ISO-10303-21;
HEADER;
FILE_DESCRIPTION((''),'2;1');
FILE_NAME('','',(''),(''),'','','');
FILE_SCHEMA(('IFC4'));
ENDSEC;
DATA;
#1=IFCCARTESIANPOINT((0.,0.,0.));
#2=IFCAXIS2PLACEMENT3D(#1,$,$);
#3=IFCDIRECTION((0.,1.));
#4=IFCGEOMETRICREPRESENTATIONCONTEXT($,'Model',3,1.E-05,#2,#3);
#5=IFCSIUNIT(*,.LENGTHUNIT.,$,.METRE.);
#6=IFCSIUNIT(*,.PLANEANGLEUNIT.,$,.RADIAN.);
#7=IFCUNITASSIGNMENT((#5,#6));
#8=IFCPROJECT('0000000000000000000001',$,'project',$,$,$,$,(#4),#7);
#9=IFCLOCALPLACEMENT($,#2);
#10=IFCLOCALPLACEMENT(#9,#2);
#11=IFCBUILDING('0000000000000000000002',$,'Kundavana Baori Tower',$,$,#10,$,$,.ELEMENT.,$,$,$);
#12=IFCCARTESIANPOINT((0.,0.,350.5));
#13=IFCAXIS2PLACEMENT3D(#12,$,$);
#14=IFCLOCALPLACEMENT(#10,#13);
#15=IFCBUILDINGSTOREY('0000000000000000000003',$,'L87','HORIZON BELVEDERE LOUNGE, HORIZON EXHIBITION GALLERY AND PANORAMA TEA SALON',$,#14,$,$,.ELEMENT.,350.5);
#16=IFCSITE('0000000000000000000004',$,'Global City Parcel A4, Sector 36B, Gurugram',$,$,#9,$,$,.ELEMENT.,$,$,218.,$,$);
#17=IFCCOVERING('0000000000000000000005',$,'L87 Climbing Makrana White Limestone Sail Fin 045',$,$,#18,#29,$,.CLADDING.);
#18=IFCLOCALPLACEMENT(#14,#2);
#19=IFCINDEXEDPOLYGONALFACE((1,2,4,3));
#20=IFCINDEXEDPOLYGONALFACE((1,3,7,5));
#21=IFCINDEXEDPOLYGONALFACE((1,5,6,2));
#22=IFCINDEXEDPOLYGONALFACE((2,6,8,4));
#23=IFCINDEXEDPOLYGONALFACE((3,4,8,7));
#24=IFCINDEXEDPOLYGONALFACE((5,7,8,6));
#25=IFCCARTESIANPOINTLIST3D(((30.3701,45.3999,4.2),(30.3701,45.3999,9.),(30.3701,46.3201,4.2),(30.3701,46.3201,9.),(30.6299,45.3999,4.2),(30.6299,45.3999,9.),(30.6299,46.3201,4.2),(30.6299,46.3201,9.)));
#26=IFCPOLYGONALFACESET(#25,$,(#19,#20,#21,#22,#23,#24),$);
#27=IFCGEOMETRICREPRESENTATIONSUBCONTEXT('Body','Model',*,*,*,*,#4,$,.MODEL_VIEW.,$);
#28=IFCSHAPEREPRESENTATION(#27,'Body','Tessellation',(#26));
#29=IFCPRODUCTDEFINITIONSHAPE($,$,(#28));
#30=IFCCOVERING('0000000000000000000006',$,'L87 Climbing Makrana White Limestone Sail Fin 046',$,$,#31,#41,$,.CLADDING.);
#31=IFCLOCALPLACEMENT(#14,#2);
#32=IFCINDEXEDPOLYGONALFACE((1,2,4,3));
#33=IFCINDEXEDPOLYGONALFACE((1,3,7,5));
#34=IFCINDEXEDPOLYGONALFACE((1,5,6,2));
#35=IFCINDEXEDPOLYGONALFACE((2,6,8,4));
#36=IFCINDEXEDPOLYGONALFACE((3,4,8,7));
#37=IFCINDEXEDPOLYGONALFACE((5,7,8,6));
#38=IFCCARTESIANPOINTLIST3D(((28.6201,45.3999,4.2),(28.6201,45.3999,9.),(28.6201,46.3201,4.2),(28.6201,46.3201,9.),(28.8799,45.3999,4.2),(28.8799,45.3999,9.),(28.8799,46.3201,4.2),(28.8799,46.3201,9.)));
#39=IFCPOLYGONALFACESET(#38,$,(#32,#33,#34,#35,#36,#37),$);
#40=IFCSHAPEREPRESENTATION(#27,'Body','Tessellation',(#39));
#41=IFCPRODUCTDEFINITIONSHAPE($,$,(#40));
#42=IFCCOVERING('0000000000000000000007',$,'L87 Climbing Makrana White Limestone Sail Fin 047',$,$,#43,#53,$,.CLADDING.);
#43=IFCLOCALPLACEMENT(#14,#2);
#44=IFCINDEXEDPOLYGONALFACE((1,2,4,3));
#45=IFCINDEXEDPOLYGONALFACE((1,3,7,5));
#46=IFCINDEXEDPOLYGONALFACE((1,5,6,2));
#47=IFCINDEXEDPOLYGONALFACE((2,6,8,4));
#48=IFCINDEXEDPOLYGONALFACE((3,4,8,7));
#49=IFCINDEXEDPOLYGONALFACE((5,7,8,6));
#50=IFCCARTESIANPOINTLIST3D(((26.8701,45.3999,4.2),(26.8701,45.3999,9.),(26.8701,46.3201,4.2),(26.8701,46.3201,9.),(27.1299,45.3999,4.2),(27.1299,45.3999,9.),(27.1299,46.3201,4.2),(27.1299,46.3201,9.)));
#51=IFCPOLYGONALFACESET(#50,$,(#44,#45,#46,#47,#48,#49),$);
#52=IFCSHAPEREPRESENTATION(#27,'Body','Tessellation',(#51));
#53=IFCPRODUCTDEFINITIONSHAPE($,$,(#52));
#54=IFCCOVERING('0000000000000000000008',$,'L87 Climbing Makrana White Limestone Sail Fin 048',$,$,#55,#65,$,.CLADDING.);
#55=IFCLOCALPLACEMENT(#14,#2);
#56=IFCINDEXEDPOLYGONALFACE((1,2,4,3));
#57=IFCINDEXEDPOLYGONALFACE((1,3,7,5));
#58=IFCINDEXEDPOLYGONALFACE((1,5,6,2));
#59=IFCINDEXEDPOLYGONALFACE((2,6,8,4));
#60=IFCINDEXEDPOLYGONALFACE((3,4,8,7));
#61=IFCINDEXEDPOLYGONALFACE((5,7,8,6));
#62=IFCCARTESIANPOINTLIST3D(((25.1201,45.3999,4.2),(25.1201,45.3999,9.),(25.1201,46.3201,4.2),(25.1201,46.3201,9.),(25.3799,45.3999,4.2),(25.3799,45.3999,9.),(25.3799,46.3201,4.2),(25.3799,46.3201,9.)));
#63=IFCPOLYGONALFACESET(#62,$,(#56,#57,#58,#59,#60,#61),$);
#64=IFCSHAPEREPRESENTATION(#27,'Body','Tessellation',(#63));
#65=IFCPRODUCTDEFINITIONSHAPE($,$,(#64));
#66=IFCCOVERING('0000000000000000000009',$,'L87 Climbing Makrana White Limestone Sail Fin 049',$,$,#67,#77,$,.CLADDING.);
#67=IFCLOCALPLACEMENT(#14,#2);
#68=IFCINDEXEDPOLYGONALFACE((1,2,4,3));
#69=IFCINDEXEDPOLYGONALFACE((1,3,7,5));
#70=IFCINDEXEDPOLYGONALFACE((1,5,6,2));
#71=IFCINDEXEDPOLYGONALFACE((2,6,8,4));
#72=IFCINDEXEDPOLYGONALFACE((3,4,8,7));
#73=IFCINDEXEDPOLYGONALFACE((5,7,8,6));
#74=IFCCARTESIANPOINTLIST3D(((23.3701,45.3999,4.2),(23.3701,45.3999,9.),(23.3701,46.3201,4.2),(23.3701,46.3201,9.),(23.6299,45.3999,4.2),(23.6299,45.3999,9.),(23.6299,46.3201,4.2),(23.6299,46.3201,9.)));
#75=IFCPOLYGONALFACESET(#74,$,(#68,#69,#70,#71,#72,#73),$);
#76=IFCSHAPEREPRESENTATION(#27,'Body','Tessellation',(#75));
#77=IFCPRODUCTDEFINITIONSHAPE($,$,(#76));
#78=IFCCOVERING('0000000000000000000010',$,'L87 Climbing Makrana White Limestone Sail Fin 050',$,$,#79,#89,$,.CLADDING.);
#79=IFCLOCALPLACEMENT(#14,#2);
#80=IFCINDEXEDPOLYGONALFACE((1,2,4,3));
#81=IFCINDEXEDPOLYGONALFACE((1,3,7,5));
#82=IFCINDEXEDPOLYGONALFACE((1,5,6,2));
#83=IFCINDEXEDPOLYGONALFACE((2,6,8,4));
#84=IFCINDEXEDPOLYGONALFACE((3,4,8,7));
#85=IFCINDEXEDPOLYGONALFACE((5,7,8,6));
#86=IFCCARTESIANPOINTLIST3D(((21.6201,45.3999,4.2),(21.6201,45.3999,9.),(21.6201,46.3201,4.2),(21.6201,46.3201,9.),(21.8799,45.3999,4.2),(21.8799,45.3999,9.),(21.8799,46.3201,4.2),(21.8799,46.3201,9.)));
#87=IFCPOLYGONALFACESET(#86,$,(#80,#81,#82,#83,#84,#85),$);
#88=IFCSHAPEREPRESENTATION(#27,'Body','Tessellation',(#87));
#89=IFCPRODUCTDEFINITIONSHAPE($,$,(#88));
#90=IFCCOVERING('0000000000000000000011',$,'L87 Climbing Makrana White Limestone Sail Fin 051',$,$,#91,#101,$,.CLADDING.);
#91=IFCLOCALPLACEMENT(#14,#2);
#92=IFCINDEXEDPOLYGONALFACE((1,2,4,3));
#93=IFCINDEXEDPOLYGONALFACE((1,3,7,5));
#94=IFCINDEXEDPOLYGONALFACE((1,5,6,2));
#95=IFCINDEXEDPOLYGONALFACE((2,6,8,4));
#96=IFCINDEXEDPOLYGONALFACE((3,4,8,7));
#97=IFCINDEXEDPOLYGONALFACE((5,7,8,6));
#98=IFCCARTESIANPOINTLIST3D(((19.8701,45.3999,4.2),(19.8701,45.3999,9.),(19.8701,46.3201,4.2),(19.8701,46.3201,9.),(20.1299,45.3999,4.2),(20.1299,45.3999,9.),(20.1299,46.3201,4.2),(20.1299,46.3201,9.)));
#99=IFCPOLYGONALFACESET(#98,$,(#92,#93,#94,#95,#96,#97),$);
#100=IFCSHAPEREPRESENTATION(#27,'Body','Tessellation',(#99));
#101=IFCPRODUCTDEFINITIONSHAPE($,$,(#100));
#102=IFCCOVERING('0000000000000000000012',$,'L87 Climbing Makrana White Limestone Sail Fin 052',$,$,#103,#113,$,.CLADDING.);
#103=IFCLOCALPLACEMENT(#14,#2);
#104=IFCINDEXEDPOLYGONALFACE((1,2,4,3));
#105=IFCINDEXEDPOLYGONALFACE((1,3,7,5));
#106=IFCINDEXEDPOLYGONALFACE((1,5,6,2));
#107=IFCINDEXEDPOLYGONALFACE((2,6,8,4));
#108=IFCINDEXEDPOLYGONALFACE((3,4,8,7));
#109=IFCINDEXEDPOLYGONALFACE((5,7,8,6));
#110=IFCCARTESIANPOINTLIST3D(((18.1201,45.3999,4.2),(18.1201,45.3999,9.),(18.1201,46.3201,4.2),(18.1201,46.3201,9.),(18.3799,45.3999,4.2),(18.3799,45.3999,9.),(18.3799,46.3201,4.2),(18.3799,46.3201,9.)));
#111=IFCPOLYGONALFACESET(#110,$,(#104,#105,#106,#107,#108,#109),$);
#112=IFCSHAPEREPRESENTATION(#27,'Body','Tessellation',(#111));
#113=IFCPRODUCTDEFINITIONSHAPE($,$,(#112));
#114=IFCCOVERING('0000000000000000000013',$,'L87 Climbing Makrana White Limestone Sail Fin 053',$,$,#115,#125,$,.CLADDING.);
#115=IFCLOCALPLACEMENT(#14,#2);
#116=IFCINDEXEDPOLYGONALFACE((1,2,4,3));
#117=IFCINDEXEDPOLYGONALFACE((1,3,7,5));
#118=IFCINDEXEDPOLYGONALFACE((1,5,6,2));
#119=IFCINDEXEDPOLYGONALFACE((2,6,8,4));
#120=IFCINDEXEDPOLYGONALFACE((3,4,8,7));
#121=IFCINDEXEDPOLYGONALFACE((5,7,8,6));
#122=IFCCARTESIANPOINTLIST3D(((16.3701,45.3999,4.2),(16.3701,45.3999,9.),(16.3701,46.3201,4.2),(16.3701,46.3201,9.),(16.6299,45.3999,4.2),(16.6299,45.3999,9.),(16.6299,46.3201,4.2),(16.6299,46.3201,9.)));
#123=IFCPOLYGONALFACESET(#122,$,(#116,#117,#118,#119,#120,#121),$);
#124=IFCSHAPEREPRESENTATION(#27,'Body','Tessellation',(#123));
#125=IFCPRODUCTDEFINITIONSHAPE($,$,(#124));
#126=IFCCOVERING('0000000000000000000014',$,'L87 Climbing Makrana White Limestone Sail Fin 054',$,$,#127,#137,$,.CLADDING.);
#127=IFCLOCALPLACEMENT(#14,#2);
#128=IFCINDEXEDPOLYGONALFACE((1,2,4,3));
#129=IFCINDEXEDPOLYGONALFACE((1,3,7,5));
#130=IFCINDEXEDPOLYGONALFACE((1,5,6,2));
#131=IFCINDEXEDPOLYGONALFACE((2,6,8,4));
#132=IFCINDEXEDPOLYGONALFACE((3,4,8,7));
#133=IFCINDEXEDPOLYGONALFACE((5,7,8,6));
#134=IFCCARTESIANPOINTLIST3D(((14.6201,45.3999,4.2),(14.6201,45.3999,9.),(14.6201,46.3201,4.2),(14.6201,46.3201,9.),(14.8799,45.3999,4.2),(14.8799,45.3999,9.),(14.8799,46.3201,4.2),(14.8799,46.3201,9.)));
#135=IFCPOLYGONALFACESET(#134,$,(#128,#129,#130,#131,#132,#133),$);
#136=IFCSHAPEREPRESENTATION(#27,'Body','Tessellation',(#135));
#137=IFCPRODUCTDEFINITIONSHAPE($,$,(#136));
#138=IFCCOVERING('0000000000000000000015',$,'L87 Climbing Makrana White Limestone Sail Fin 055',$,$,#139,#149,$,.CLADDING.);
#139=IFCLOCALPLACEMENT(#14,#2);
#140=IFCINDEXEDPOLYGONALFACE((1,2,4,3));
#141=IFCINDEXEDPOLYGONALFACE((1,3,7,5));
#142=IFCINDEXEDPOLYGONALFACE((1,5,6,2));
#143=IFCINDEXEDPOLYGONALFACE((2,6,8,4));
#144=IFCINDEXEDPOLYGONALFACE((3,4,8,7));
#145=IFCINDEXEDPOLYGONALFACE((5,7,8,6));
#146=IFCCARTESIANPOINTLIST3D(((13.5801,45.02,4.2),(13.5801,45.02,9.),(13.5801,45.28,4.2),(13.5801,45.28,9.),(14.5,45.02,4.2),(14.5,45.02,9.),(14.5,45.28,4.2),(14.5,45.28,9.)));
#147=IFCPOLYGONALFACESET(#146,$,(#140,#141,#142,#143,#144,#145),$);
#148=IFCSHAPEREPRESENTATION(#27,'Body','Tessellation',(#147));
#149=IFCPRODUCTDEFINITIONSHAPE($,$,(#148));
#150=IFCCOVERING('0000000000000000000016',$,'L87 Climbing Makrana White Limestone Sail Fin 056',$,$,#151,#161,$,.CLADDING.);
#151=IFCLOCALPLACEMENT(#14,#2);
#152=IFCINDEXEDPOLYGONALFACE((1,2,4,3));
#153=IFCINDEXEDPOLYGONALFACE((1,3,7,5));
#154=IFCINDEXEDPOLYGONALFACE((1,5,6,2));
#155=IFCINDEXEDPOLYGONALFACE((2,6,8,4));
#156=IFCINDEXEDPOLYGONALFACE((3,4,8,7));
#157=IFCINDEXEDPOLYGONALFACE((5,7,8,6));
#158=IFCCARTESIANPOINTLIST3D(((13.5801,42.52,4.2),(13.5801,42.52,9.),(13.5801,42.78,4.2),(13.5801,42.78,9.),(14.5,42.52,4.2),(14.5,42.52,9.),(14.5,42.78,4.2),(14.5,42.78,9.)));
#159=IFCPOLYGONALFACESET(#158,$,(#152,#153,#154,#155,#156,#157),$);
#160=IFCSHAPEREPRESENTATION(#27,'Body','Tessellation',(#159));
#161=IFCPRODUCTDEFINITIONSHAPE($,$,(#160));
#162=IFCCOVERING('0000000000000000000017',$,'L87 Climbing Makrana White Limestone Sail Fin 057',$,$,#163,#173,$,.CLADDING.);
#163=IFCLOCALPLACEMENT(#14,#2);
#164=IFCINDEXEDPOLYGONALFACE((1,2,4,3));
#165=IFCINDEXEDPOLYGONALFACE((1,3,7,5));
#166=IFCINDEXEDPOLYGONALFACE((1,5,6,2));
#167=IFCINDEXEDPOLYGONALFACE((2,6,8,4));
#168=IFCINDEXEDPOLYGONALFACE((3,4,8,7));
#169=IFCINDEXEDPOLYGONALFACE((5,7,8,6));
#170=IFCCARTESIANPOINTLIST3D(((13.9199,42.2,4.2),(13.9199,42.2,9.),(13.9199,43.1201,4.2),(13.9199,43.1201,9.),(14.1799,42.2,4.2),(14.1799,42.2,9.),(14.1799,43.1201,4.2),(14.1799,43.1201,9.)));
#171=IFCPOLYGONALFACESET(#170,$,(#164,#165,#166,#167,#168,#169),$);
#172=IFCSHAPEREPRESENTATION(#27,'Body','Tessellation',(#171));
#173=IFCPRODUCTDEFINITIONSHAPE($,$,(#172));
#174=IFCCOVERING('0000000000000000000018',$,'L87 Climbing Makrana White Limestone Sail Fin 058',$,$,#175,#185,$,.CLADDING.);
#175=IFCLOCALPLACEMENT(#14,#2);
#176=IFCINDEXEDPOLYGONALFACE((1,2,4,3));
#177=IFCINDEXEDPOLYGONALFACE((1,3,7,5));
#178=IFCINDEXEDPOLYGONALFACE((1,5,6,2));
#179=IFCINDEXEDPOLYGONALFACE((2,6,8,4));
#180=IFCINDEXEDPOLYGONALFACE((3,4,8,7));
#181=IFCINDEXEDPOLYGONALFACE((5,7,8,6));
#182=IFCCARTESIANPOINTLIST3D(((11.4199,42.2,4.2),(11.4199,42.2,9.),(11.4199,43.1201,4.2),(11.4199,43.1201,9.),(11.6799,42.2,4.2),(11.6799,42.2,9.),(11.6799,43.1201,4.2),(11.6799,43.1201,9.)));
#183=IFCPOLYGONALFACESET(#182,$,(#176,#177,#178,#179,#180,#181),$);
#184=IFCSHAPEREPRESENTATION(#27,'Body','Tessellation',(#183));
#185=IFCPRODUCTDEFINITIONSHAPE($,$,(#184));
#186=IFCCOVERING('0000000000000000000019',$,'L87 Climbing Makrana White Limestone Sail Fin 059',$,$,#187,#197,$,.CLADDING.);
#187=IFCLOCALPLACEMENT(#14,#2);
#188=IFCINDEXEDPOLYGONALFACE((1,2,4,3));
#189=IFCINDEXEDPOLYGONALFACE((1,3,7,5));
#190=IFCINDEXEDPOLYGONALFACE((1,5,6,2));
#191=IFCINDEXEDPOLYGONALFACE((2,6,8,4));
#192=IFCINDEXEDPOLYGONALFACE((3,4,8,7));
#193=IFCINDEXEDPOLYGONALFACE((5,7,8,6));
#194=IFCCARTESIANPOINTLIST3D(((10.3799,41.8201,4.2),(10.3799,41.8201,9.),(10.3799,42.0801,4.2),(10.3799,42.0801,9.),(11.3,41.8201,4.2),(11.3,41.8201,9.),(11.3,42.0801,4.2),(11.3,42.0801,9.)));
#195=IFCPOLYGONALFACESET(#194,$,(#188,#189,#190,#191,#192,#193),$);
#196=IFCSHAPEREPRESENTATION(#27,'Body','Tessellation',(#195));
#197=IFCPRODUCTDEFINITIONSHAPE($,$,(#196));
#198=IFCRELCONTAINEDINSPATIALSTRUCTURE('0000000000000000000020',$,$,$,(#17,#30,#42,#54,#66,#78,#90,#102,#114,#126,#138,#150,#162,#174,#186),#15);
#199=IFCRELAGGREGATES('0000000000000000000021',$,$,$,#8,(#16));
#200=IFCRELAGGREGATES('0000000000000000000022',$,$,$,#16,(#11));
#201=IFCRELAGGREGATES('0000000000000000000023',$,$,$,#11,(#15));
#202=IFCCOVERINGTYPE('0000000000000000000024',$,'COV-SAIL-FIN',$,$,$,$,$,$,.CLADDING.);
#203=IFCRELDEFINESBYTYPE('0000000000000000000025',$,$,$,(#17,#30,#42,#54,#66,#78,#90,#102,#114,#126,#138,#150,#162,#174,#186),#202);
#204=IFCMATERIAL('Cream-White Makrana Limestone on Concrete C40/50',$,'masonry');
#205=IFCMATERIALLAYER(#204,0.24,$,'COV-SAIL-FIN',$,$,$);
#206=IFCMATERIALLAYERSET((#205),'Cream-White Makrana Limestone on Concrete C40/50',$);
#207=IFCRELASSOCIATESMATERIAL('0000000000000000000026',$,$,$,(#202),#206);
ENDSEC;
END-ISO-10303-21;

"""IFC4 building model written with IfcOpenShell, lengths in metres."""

from ifc_helpers import new_model, si_unit, direction, frame, origin, place, context, subcontext, project, spatial, polyline, outline, extrude, material, layer, layer_set, type_object, element, save


model = new_model("IFC4")

# Units and contexts
model_context = context("Model", 3, precision=1e-05, world=origin(), true_north=direction((0.0, 1.0)))
body_context = subcontext(model_context, "Body", "Model", "MODEL_VIEW")
ifc_project = project(units=[si_unit("LENGTHUNIT", "METRE"), si_unit("PLANEANGLEUNIT", "RADIAN")], contexts=[model_context])

# Site, building, storey
site_placement = place(None, origin())
site = spatial("IfcSite", under=ifc_project, at=site_placement, Name="Global City Parcel A4, Sector 36B, Gurugram", CompositionType="ELEMENT", RefElevation=218.0)
building_placement = place(site_placement, origin())
building = spatial("IfcBuilding", under=site, at=building_placement, Name="Kundavana Baori Tower", CompositionType="ELEMENT")
storey_placement = place(building_placement, frame((0.0, 0.0, 350.5)))
storey = spatial("IfcBuildingStorey", under=building, at=storey_placement, Name="L87", Description="HORIZON BELVEDERE LOUNGE, HORIZON EXHIBITION GALLERY AND PANORAMA TEA SALON", CompositionType="ELEMENT", Elevation=350.5)

# Coverings
ifc_material_1 = material(Name="Cream-White Makrana Limestone on Concrete C40/50", Category="masonry")
ifc_layer_1 = layer(ifc_material_1, 0.24, Name="COV-SAIL-FIN")
ifc_layer_set_1 = layer_set([ifc_layer_1], Name="Cream-White Makrana Limestone on Concrete C40/50")
covering_type = type_object("IfcCoveringType", Name="COV-SAIL-FIN", PredefinedType="CLADDING", material=ifc_layer_set_1)
covering_1_placement = place(storey_placement, frame((0.0, 0.0, 4.2)))
element("IfcCovering", 1, at=covering_1_placement, inside=storey, type_object=covering_type, Name="L87 Climbing Makrana White Limestone Sail Fin 045", PredefinedType="CLADDING", context=body_context, shape_type="SweptSolid", body=[
    extrude(outline(polyline([(30.3701, 45.3999), (30.6299, 45.3999), (30.6299, 46.3201), (30.3701, 46.3201), (30.3701, 45.3999)])), origin(), (0.0, 0.0, 1.0), 4.8),
])
covering_2_placement = place(storey_placement, frame((0.0, 0.0, 4.2)))
element("IfcCovering", 2, at=covering_2_placement, inside=storey, type_object=covering_type, Name="L87 Climbing Makrana White Limestone Sail Fin 046", PredefinedType="CLADDING", context=body_context, shape_type="SweptSolid", body=[
    extrude(outline(polyline([(28.6201, 45.3999), (28.8799, 45.3999), (28.8799, 46.3201), (28.6201, 46.3201), (28.6201, 45.3999)])), origin(), (0.0, 0.0, 1.0), 4.8),
])
covering_3_placement = place(storey_placement, frame((0.0, 0.0, 4.2)))
element("IfcCovering", 3, at=covering_3_placement, inside=storey, type_object=covering_type, Name="L87 Climbing Makrana White Limestone Sail Fin 047", PredefinedType="CLADDING", context=body_context, shape_type="SweptSolid", body=[
    extrude(outline(polyline([(26.8701, 45.3999), (27.1299, 45.3999), (27.1299, 46.3201), (26.8701, 46.3201), (26.8701, 45.3999)])), origin(), (0.0, 0.0, 1.0), 4.8),
])
covering_4_placement = place(storey_placement, frame((0.0, 0.0, 4.2)))
element("IfcCovering", 4, at=covering_4_placement, inside=storey, type_object=covering_type, Name="L87 Climbing Makrana White Limestone Sail Fin 048", PredefinedType="CLADDING", context=body_context, shape_type="SweptSolid", body=[
    extrude(outline(polyline([(25.1201, 45.3999), (25.3799, 45.3999), (25.3799, 46.3201), (25.1201, 46.3201), (25.1201, 45.3999)])), origin(), (0.0, 0.0, 1.0), 4.8),
])
covering_5_placement = place(storey_placement, frame((0.0, 0.0, 4.2)))
element("IfcCovering", 5, at=covering_5_placement, inside=storey, type_object=covering_type, Name="L87 Climbing Makrana White Limestone Sail Fin 049", PredefinedType="CLADDING", context=body_context, shape_type="SweptSolid", body=[
    extrude(outline(polyline([(23.3701, 45.3999), (23.6299, 45.3999), (23.6299, 46.3201), (23.3701, 46.3201), (23.3701, 45.3999)])), origin(), (0.0, 0.0, 1.0), 4.8),
])
covering_6_placement = place(storey_placement, frame((0.0, 0.0, 4.2)))
element("IfcCovering", 6, at=covering_6_placement, inside=storey, type_object=covering_type, Name="L87 Climbing Makrana White Limestone Sail Fin 050", PredefinedType="CLADDING", context=body_context, shape_type="SweptSolid", body=[
    extrude(outline(polyline([(21.6201, 45.3999), (21.8799, 45.3999), (21.8799, 46.3201), (21.6201, 46.3201), (21.6201, 45.3999)])), origin(), (0.0, 0.0, 1.0), 4.8),
])
covering_7_placement = place(storey_placement, frame((0.0, 0.0, 4.2)))
element("IfcCovering", 7, at=covering_7_placement, inside=storey, type_object=covering_type, Name="L87 Climbing Makrana White Limestone Sail Fin 051", PredefinedType="CLADDING", context=body_context, shape_type="SweptSolid", body=[
    extrude(outline(polyline([(19.8701, 45.3999), (20.1299, 45.3999), (20.1299, 46.3201), (19.8701, 46.3201), (19.8701, 45.3999)])), origin(), (0.0, 0.0, 1.0), 4.8),
])
covering_8_placement = place(storey_placement, frame((0.0, 0.0, 4.2)))
element("IfcCovering", 8, at=covering_8_placement, inside=storey, type_object=covering_type, Name="L87 Climbing Makrana White Limestone Sail Fin 052", PredefinedType="CLADDING", context=body_context, shape_type="SweptSolid", body=[
    extrude(outline(polyline([(18.1201, 45.3999), (18.3799, 45.3999), (18.3799, 46.3201), (18.1201, 46.3201), (18.1201, 45.3999)])), origin(), (0.0, 0.0, 1.0), 4.8),
])
covering_9_placement = place(storey_placement, frame((0.0, 0.0, 4.2)))
element("IfcCovering", 9, at=covering_9_placement, inside=storey, type_object=covering_type, Name="L87 Climbing Makrana White Limestone Sail Fin 053", PredefinedType="CLADDING", context=body_context, shape_type="SweptSolid", body=[
    extrude(outline(polyline([(16.3701, 45.3999), (16.6299, 45.3999), (16.6299, 46.3201), (16.3701, 46.3201), (16.3701, 45.3999)])), origin(), (0.0, 0.0, 1.0), 4.8),
])
covering_10_placement = place(storey_placement, frame((0.0, 0.0, 4.2)))
element("IfcCovering", 10, at=covering_10_placement, inside=storey, type_object=covering_type, Name="L87 Climbing Makrana White Limestone Sail Fin 054", PredefinedType="CLADDING", context=body_context, shape_type="SweptSolid", body=[
    extrude(outline(polyline([(14.6201, 45.3999), (14.8799, 45.3999), (14.8799, 46.3201), (14.6201, 46.3201), (14.6201, 45.3999)])), origin(), (0.0, 0.0, 1.0), 4.8),
])
covering_11_placement = place(storey_placement, frame((0.0, 0.0, 4.2)))
element("IfcCovering", 11, at=covering_11_placement, inside=storey, type_object=covering_type, Name="L87 Climbing Makrana White Limestone Sail Fin 055", PredefinedType="CLADDING", context=body_context, shape_type="SweptSolid", body=[
    extrude(outline(polyline([(13.5801, 45.02), (14.5, 45.02), (14.5, 45.28), (13.5801, 45.28), (13.5801, 45.02)])), origin(), (0.0, 0.0, 1.0), 4.8),
])
covering_12_placement = place(storey_placement, frame((0.0, 0.0, 4.2)))
element("IfcCovering", 12, at=covering_12_placement, inside=storey, type_object=covering_type, Name="L87 Climbing Makrana White Limestone Sail Fin 056", PredefinedType="CLADDING", context=body_context, shape_type="SweptSolid", body=[
    extrude(outline(polyline([(13.5801, 42.52), (14.5, 42.52), (14.5, 42.78), (13.5801, 42.78), (13.5801, 42.52)])), origin(), (0.0, 0.0, 1.0), 4.8),
])
covering_13_placement = place(storey_placement, frame((0.0, 0.0, 4.2)))
element("IfcCovering", 13, at=covering_13_placement, inside=storey, type_object=covering_type, Name="L87 Climbing Makrana White Limestone Sail Fin 057", PredefinedType="CLADDING", context=body_context, shape_type="SweptSolid", body=[
    extrude(outline(polyline([(13.9199, 42.2), (14.1799, 42.2), (14.1799, 43.1201), (13.9199, 43.1201), (13.9199, 42.2)])), origin(), (0.0, 0.0, 1.0), 4.8),
])
covering_14_placement = place(storey_placement, frame((0.0, 0.0, 4.2)))
element("IfcCovering", 14, at=covering_14_placement, inside=storey, type_object=covering_type, Name="L87 Climbing Makrana White Limestone Sail Fin 058", PredefinedType="CLADDING", context=body_context, shape_type="SweptSolid", body=[
    extrude(outline(polyline([(11.4199, 42.2), (11.6799, 42.2), (11.6799, 43.1201), (11.4199, 43.1201), (11.4199, 42.2)])), origin(), (0.0, 0.0, 1.0), 4.8),
])
covering_15_placement = place(storey_placement, frame((0.0, 0.0, 4.2)))
element("IfcCovering", 15, at=covering_15_placement, inside=storey, type_object=covering_type, Name="L87 Climbing Makrana White Limestone Sail Fin 059", PredefinedType="CLADDING", context=body_context, shape_type="SweptSolid", body=[
    extrude(outline(polyline([(10.3799, 41.8201), (11.3, 41.8201), (11.3, 42.0801), (10.3799, 42.0801), (10.3799, 41.8201)])), origin(), (0.0, 0.0, 1.0), 4.8),
])

save(model, "model.ifc")
